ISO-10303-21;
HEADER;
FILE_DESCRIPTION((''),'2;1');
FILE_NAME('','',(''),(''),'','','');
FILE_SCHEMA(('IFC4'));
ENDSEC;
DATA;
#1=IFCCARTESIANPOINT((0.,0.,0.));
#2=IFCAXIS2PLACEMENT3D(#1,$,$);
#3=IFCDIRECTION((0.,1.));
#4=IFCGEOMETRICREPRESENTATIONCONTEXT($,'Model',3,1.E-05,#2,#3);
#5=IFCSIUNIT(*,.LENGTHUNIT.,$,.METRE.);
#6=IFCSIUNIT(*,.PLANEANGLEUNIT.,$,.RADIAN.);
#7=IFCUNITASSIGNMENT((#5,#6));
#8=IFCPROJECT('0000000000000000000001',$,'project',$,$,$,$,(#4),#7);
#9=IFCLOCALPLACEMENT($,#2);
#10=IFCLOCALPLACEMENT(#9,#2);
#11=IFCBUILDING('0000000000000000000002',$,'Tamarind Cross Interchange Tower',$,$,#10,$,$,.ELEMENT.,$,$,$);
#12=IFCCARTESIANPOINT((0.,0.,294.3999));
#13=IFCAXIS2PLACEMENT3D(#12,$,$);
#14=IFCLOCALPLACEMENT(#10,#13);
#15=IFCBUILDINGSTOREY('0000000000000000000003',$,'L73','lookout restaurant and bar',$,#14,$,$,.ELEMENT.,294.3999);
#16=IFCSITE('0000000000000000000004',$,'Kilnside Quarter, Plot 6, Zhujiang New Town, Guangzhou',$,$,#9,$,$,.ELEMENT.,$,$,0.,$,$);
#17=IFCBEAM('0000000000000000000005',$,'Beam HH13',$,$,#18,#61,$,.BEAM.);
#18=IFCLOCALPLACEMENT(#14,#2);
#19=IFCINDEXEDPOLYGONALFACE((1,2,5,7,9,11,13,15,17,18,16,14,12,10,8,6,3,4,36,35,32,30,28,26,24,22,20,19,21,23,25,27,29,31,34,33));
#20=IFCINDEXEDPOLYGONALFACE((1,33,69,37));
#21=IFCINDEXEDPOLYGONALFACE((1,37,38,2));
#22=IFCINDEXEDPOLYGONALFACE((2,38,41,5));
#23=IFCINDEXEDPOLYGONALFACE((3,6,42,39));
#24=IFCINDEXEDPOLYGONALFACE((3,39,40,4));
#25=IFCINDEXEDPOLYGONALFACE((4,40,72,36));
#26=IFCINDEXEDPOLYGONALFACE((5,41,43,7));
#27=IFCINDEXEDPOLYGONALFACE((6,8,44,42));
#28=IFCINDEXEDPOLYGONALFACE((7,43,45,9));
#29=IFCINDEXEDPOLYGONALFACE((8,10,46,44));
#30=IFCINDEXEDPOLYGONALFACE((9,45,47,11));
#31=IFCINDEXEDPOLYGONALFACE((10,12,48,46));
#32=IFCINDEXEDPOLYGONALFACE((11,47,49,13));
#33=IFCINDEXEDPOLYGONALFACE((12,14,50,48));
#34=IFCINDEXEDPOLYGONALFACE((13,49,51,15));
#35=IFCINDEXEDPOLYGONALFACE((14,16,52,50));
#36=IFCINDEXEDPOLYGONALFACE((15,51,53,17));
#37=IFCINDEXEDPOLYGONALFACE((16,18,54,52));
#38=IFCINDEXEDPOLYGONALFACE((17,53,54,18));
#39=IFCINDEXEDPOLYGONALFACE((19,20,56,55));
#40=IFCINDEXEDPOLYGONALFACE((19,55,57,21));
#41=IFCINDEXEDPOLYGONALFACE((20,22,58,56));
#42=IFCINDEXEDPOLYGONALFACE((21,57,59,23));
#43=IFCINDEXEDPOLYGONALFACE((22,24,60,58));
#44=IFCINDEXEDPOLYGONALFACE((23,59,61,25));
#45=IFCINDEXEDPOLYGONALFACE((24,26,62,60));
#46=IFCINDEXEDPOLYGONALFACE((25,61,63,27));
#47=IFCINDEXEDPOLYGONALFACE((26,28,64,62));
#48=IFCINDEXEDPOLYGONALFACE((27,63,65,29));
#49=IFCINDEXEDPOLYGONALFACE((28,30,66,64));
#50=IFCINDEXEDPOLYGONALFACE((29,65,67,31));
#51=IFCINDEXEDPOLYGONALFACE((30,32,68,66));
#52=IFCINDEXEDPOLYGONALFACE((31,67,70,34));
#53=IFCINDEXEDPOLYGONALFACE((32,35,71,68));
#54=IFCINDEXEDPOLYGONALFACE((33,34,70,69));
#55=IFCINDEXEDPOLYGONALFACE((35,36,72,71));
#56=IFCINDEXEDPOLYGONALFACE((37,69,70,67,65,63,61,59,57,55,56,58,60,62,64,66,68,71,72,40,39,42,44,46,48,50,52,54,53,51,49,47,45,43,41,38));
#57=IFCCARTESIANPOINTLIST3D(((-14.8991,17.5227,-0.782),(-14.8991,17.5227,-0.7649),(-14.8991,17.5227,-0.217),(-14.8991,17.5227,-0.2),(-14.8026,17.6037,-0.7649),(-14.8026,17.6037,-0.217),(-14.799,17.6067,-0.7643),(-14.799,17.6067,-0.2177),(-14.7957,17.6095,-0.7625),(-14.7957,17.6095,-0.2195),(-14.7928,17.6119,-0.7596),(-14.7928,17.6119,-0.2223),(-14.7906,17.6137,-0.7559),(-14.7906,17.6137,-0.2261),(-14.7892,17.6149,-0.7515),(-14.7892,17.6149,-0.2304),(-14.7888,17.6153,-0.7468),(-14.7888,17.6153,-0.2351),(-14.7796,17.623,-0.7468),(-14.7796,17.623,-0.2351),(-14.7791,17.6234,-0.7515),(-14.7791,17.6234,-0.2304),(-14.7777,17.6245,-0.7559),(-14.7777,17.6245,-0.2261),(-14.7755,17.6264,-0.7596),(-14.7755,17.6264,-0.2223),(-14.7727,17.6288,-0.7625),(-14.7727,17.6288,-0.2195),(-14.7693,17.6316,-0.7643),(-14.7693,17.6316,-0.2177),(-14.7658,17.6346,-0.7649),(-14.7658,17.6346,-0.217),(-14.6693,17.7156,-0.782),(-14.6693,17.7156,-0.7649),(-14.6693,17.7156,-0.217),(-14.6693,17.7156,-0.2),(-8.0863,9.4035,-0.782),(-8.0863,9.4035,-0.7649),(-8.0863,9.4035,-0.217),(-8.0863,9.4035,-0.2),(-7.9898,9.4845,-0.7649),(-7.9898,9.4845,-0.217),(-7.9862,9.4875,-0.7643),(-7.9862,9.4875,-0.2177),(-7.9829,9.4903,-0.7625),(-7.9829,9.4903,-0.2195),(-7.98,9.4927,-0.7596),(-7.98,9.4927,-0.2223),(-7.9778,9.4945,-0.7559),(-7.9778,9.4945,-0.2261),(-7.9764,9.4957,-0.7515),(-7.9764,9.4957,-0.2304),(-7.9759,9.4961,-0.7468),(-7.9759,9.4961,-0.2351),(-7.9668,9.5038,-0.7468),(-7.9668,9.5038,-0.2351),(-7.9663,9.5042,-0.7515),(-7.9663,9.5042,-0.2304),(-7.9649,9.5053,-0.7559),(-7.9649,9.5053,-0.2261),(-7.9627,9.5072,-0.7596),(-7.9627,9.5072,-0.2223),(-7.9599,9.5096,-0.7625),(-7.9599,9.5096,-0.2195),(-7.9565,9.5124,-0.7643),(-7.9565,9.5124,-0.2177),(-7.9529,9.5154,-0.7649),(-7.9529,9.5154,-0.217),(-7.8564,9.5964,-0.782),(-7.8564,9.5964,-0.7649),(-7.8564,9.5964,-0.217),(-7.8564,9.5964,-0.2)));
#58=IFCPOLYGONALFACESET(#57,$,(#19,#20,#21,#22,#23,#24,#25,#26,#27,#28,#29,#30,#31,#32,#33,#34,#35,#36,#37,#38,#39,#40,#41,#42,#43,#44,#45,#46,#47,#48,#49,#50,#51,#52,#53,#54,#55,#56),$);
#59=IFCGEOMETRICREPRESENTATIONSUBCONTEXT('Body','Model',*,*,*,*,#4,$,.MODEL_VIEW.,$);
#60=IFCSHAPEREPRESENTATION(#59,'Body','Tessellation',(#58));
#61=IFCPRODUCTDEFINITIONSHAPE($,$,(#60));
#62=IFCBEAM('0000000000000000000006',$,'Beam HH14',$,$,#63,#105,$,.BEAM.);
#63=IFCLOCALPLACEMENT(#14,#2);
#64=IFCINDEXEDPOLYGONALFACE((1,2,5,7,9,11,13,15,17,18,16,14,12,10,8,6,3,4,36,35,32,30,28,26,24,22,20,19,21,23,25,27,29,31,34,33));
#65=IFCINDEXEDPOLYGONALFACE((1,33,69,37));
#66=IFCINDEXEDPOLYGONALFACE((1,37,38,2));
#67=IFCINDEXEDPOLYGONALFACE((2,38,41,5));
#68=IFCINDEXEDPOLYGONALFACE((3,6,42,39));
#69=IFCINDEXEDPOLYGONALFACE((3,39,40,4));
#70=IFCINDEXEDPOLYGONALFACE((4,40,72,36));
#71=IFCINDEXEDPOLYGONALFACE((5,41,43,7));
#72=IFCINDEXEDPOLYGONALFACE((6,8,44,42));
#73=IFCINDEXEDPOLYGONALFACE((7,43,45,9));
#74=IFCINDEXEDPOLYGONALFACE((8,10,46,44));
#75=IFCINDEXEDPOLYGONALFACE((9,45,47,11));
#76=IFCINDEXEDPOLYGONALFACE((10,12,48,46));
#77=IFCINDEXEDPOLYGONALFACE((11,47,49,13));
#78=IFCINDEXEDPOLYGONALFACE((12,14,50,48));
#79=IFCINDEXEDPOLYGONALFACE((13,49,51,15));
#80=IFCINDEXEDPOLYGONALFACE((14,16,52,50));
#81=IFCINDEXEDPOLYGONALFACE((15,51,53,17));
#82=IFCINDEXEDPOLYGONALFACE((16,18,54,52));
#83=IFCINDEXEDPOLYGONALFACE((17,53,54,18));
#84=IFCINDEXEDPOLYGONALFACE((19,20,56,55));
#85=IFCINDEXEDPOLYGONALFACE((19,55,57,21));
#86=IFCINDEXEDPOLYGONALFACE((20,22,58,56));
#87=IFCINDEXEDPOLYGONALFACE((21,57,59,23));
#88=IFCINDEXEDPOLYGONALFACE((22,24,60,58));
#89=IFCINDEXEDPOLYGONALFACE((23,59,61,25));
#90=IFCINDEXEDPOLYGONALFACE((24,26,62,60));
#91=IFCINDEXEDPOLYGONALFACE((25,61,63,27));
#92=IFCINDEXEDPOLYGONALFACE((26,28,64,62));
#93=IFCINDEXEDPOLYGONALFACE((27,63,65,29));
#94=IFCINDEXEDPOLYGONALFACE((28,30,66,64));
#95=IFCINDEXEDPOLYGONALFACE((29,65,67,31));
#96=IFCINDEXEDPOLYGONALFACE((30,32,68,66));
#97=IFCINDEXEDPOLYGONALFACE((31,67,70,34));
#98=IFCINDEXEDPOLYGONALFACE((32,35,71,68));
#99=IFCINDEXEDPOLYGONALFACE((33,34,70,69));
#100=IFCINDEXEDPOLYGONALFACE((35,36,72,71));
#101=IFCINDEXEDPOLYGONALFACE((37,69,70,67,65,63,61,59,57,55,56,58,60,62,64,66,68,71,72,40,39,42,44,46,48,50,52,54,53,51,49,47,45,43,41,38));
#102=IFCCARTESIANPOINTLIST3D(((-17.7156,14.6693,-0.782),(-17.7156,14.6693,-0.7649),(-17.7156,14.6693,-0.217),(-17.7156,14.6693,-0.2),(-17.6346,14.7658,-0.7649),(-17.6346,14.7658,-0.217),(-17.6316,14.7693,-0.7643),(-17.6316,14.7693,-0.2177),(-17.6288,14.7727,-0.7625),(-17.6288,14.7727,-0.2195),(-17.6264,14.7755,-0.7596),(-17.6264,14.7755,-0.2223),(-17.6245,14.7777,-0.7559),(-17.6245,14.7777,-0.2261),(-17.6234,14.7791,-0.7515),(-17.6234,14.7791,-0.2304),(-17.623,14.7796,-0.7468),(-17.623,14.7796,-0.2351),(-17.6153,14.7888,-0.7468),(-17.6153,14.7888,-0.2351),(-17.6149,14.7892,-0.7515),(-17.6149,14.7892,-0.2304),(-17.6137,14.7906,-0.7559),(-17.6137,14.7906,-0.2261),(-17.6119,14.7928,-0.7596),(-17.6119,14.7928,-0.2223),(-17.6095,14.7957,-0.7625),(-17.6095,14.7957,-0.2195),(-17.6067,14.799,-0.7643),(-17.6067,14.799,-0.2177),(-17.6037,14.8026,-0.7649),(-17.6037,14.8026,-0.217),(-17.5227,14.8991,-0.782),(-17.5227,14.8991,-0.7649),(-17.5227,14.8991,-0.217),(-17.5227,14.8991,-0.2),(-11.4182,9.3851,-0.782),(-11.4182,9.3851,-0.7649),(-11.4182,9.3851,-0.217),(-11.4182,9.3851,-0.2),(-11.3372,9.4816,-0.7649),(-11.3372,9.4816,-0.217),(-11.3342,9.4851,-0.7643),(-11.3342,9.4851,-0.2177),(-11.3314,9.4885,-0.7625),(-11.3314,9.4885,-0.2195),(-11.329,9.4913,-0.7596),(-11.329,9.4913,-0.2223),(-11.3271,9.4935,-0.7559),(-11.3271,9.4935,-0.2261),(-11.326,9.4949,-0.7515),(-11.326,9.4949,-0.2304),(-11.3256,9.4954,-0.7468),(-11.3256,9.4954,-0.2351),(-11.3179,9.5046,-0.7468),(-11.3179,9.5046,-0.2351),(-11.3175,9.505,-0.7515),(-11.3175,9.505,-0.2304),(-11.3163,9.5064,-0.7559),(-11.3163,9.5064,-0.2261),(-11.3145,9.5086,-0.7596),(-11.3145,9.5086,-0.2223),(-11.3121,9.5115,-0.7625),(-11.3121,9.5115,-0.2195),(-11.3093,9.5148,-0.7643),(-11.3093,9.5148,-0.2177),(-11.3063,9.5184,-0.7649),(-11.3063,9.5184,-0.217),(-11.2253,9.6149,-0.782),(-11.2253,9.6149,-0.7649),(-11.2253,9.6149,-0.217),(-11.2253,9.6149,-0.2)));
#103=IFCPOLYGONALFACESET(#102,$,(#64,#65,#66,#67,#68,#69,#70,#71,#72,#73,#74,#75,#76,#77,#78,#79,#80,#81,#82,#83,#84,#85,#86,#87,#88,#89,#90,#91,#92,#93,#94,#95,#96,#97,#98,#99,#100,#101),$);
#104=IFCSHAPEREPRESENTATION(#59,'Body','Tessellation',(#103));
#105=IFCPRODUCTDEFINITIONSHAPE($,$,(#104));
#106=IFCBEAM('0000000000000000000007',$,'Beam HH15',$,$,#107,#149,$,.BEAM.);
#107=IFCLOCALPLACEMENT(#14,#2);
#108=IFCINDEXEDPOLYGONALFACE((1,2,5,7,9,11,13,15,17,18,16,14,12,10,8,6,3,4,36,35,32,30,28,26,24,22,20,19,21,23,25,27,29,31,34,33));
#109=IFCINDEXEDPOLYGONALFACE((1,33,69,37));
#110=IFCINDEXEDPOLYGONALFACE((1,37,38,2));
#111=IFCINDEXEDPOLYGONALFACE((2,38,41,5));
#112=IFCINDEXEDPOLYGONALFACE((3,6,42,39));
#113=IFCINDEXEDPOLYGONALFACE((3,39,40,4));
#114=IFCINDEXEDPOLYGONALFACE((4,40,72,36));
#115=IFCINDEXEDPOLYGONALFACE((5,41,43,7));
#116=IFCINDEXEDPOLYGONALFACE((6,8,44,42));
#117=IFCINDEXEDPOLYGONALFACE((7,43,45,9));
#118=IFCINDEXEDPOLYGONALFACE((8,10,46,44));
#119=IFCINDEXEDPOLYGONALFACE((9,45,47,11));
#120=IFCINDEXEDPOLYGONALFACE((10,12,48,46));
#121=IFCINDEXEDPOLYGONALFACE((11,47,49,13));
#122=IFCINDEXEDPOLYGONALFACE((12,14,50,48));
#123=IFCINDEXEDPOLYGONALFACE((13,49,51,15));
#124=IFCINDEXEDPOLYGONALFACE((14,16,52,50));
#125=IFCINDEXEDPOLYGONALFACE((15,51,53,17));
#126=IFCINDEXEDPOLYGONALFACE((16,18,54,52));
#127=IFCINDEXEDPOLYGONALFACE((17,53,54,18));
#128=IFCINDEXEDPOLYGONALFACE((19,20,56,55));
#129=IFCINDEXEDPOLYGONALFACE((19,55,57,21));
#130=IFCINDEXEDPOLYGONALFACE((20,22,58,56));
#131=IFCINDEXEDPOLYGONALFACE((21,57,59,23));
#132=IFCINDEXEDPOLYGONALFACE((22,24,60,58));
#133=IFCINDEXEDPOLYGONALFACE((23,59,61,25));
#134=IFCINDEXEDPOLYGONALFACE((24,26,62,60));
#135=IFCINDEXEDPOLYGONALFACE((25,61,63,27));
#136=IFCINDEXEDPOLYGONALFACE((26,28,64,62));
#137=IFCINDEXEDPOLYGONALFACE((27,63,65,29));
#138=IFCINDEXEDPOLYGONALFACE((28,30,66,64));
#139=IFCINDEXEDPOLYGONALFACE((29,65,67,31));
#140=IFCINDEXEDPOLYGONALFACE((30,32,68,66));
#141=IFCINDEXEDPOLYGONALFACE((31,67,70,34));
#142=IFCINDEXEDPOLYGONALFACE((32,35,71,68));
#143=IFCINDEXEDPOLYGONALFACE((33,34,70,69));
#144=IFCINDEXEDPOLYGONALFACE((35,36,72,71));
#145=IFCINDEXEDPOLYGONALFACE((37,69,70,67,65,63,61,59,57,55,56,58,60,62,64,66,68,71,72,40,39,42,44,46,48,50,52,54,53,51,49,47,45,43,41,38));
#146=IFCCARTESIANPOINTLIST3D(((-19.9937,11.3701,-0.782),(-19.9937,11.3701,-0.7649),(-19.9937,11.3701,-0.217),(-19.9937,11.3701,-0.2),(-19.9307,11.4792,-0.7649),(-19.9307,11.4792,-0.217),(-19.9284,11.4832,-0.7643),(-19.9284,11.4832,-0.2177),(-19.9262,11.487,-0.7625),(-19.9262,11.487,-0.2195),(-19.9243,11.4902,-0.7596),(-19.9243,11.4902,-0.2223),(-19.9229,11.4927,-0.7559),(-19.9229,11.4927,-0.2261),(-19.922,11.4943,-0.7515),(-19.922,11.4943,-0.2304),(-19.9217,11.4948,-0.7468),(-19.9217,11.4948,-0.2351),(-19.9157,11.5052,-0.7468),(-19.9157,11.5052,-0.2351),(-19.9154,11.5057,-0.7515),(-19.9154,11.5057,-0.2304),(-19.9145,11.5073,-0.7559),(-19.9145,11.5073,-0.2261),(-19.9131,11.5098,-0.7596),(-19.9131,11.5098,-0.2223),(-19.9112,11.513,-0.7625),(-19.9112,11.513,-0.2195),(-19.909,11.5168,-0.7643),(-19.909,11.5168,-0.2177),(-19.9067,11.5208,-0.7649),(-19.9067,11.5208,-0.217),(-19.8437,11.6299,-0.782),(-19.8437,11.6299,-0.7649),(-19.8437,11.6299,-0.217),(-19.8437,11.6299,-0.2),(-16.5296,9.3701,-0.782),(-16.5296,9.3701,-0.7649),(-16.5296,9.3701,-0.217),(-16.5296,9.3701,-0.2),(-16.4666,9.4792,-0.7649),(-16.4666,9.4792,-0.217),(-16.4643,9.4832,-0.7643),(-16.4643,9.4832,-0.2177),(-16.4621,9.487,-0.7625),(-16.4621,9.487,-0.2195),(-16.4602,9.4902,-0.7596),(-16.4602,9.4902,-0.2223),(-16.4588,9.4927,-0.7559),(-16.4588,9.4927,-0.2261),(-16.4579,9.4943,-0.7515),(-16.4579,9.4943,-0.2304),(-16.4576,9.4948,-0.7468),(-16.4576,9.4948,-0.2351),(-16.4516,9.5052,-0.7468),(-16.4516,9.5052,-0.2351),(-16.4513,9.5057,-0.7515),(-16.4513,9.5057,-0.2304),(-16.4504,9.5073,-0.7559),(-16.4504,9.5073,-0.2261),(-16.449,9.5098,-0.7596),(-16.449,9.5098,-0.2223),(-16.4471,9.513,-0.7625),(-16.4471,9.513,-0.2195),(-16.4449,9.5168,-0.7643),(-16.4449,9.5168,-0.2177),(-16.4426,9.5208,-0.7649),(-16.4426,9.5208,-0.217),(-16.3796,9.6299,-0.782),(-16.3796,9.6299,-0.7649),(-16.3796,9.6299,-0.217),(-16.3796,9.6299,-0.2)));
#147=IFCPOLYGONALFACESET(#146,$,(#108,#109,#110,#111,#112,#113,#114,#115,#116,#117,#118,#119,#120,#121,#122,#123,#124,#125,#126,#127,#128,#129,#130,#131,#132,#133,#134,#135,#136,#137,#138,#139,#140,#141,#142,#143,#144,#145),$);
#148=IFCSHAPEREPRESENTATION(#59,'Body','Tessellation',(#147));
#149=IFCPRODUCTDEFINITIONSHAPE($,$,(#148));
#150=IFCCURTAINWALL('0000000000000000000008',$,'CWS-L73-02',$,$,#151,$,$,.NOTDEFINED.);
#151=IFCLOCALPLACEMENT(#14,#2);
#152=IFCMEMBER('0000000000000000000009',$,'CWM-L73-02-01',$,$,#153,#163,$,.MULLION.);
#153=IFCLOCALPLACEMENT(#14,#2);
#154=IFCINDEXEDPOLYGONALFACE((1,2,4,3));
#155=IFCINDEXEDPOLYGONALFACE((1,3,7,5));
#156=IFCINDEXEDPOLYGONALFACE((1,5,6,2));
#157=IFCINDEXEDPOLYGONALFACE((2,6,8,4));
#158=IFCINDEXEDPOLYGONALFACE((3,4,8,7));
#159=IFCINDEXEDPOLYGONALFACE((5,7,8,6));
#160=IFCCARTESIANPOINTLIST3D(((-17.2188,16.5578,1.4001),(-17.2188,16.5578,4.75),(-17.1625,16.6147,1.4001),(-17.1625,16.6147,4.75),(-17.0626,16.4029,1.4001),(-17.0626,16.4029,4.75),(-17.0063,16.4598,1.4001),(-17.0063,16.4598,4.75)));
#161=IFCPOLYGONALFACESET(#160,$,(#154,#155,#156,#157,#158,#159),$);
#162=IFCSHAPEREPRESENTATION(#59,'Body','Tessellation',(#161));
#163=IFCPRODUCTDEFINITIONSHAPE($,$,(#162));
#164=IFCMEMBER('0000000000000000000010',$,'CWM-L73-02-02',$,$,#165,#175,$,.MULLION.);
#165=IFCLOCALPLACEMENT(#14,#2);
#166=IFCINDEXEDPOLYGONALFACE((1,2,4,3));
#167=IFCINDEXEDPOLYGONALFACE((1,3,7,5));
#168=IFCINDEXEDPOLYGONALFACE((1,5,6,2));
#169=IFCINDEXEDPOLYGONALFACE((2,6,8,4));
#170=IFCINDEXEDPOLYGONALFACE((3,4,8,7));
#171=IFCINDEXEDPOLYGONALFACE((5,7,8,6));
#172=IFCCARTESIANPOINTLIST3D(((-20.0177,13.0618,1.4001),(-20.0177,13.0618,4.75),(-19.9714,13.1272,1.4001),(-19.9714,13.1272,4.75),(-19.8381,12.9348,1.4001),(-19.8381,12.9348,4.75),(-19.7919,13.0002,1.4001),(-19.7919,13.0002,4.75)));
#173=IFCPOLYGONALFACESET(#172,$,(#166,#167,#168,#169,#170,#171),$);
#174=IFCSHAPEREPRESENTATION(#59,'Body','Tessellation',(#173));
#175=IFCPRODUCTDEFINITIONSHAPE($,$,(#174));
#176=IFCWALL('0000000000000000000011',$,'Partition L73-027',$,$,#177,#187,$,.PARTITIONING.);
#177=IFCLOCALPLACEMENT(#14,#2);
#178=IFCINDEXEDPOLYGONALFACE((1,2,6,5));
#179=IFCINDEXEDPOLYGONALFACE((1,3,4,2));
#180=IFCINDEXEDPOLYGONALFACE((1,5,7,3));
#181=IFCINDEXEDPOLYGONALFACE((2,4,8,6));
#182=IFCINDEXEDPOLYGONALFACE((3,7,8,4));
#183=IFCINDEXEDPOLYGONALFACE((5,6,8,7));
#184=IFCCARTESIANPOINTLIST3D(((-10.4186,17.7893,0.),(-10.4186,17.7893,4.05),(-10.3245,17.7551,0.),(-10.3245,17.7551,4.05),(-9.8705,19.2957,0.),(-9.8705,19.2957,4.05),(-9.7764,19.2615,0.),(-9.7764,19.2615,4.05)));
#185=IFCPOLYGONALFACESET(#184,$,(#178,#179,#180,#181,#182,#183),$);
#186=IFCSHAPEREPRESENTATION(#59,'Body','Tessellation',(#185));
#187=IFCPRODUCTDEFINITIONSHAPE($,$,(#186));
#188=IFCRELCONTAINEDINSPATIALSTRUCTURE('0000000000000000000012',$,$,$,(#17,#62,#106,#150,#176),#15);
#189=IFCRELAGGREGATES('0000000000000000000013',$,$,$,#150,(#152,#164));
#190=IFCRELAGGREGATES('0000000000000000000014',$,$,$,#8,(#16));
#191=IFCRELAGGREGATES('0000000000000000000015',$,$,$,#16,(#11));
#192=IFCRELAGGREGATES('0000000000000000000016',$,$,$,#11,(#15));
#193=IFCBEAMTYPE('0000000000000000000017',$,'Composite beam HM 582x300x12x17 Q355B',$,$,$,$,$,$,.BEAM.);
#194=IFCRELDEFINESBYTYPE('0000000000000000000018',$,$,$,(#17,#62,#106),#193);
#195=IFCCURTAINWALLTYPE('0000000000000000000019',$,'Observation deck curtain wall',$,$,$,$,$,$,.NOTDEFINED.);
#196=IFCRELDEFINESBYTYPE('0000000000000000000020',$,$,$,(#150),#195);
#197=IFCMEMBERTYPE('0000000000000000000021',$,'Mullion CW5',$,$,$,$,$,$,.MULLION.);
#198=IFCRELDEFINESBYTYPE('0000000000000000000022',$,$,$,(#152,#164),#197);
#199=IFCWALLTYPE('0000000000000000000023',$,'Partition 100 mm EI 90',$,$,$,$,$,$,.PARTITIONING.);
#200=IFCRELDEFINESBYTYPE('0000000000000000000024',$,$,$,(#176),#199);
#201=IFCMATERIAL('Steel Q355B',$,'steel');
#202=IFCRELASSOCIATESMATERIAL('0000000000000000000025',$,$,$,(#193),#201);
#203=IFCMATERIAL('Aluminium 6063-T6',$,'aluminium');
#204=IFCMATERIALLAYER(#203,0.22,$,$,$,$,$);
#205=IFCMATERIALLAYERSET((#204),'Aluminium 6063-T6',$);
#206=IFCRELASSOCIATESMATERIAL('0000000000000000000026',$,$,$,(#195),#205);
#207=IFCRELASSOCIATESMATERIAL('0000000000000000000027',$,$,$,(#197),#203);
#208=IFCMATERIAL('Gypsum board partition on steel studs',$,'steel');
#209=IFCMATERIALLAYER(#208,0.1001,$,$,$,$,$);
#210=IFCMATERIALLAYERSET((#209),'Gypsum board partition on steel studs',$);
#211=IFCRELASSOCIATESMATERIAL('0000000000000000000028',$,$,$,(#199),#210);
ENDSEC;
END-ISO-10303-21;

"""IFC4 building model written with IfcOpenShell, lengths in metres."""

from ifc_helpers import new_model, si_unit, direction, frame, frame_2d, origin, origin_2d, place, context, subcontext, project, spatial, rectangle, i_section, extrude, material, layer, layer_set, material_profile, profile_set, type_object, element, aggregate, save


model = new_model("IFC4")

# Units and contexts
model_context = context("Model", 3, precision=1e-05, world=origin(), true_north=direction((0.0, 1.0)))
body_context = subcontext(model_context, "Body", "Model", "MODEL_VIEW")
ifc_project = project(units=[si_unit("LENGTHUNIT", "METRE"), si_unit("PLANEANGLEUNIT", "RADIAN")], contexts=[model_context])

# Site, building, storey
site_placement = place(None, origin())
site = spatial("IfcSite", under=ifc_project, at=site_placement, Name="Kilnside Quarter, Plot 6, Zhujiang New Town, Guangzhou", CompositionType="ELEMENT", RefElevation=0.0)
building_placement = place(site_placement, origin())
building = spatial("IfcBuilding", under=site, at=building_placement, Name="Tamarind Cross Interchange Tower", CompositionType="ELEMENT")
storey_placement = place(building_placement, frame((0.0, 0.0, 294.3999)))
storey = spatial("IfcBuildingStorey", under=building, at=storey_placement, Name="L73", Description="lookout restaurant and bar", CompositionType="ELEMENT", Elevation=294.3999)

# Beams
ifc_material_1 = material(Name="Steel Q355B", Category="steel")
ifc_material_profile_1 = material_profile(ifc_material_1, i_section(OverallWidth=0.3, OverallDepth=0.582, WebThickness=0.012, FlangeThickness=0.0171, FilletRadius=0.0181, at=origin_2d()), Name="HM 582x300x12x17")
ifc_profile_set_1 = profile_set([ifc_material_profile_1], Name="Steel Q355B")
beam_type = type_object("IfcBeamType", Name="Composite beam HM 582x300x12x17 Q355B", PredefinedType="BEAM", material=ifc_profile_set_1)
beam_1_placement = place(storey_placement, frame((-14.7842, 17.6191, -0.491), z_axis=(0.642786, -0.766046, 0.0), x_axis=(0.766046, 0.642786, 0.0)))
element("IfcBeam", 1, at=beam_1_placement, inside=storey, type_object=beam_type, Name="Beam HH13", PredefinedType="BEAM", context=body_context, shape_type="SweptSolid", body=[
    extrude(i_section(OverallWidth=0.3, OverallDepth=0.582, WebThickness=0.012, FlangeThickness=0.0171, FilletRadius=0.0181, at=origin_2d()), origin(), (0.0, 0.0, 1.0), 10.5989),
])
beam_2_placement = place(storey_placement, frame((-17.6191, 14.7842, -0.491), z_axis=(0.766041, -0.642792, 0.0), x_axis=(0.642792, 0.766041, 0.0)))
element("IfcBeam", 2, at=beam_2_placement, inside=storey, type_object=beam_type, Name="Beam HH14", PredefinedType="BEAM", context=body_context, shape_type="SweptSolid", body=[
    extrude(i_section(OverallWidth=0.3, OverallDepth=0.582, WebThickness=0.012, FlangeThickness=0.0171, FilletRadius=0.0181, at=origin_2d()), origin(), (0.0, 0.0, 1.0), 8.2207),
])
beam_3_placement = place(storey_placement, frame((-19.9187, 11.5, -0.491), z_axis=(0.866026, -0.499999, 0.0), x_axis=(0.499999, 0.866026, 0.0)))
element("IfcBeam", 3, at=beam_3_placement, inside=storey, type_object=beam_type, Name="Beam HH15", PredefinedType="BEAM", context=body_context, shape_type="SweptSolid", body=[
    extrude(i_section(OverallWidth=0.3, OverallDepth=0.582, WebThickness=0.012, FlangeThickness=0.0171, FilletRadius=0.0181, at=origin_2d()), origin(), (0.0, 0.0, 1.0), 4.0),
])

# Curtain wall, members
ifc_material_2 = material(Name="Aluminium 6063-T6", Category="aluminium")
ifc_layer_1 = layer(ifc_material_2, 0.22)
ifc_layer_set_1 = layer_set([ifc_layer_1], Name="Aluminium 6063-T6")
curtain_wall_type = type_object("IfcCurtainWallType", Name="Observation deck curtain wall", PredefinedType="NOTDEFINED", material=ifc_layer_set_1)
curtain_wall_placement = place(storey_placement, origin())
curtain_wall = element("IfcCurtainWall", 4, at=curtain_wall_placement, inside=storey, type_object=curtain_wall_type, Name="CWS-L73-02", PredefinedType="NOTDEFINED")
ifc_material_profile_2 = material_profile(ifc_material_2, rectangle(XDim=0.0801, YDim=0.22, at=origin_2d()), Name="Mullion CW5")
ifc_profile_set_2 = profile_set([ifc_material_profile_2], Name="Aluminium 6063-T6")
member_type = type_object("IfcMemberType", Name="Mullion CW5", PredefinedType="MULLION", material=ifc_profile_set_2)
member_1_placement = place(storey_placement, frame((-17.1125, 16.5088, 1.4001), z_axis=(0.0, 0.0, 1.0), x_axis=(-0.704057, -0.710143, 0.0)))
member_1 = element("IfcMember", 5, at=member_1_placement, type_object=member_type, Name="CWM-L73-02-01", PredefinedType="MULLION", context=body_context, shape_type="SweptSolid", body=[
    extrude(rectangle(XDim=0.0801, YDim=0.22, at=origin_2d()), origin(), (0.0, 0.0, 1.0), 3.3499),
])
member_2_placement = place(storey_placement, frame((-19.9048, 13.031, 1.4001), z_axis=(0.0, 0.0, 1.0), x_axis=(-0.577569, -0.816342, 0.0)))
member_2 = element("IfcMember", 6, at=member_2_placement, type_object=member_type, Name="CWM-L73-02-02", PredefinedType="MULLION", context=body_context, shape_type="SweptSolid", body=[
    extrude(rectangle(XDim=0.0801, YDim=0.22, at=origin_2d()), origin(), (0.0, 0.0, 1.0), 3.3499),
])
aggregate(curtain_wall, [member_1, member_2])

# Wall
ifc_material_3 = material(Name="Gypsum board partition on steel studs", Category="steel")
ifc_layer_2 = layer(ifc_material_3, 0.1001)
ifc_layer_set_2 = layer_set([ifc_layer_2], Name="Gypsum board partition on steel studs")
wall_type_1 = type_object("IfcWallType", Name="Partition 100 mm EI 90", PredefinedType="PARTITIONING", material=ifc_layer_set_2)
wall_1_placement = place(storey_placement, frame((-10.3716, 17.7722, 0.0), z_axis=(0.0, 0.0, 1.0), x_axis=(0.341926, 0.939727, 0.0)))
element("IfcWall", 7, at=wall_1_placement, inside=storey, type_object=wall_type_1, Name="Partition L73-027", PredefinedType="PARTITIONING", context=body_context, shape_type="SweptSolid", body=[
    extrude(rectangle(XDim=1.603, YDim=0.1001, at=frame_2d((0.8015, 0.0))), origin(), (0.0, 0.0, 1.0), 4.05),
])

save(model, "model.ifc")
